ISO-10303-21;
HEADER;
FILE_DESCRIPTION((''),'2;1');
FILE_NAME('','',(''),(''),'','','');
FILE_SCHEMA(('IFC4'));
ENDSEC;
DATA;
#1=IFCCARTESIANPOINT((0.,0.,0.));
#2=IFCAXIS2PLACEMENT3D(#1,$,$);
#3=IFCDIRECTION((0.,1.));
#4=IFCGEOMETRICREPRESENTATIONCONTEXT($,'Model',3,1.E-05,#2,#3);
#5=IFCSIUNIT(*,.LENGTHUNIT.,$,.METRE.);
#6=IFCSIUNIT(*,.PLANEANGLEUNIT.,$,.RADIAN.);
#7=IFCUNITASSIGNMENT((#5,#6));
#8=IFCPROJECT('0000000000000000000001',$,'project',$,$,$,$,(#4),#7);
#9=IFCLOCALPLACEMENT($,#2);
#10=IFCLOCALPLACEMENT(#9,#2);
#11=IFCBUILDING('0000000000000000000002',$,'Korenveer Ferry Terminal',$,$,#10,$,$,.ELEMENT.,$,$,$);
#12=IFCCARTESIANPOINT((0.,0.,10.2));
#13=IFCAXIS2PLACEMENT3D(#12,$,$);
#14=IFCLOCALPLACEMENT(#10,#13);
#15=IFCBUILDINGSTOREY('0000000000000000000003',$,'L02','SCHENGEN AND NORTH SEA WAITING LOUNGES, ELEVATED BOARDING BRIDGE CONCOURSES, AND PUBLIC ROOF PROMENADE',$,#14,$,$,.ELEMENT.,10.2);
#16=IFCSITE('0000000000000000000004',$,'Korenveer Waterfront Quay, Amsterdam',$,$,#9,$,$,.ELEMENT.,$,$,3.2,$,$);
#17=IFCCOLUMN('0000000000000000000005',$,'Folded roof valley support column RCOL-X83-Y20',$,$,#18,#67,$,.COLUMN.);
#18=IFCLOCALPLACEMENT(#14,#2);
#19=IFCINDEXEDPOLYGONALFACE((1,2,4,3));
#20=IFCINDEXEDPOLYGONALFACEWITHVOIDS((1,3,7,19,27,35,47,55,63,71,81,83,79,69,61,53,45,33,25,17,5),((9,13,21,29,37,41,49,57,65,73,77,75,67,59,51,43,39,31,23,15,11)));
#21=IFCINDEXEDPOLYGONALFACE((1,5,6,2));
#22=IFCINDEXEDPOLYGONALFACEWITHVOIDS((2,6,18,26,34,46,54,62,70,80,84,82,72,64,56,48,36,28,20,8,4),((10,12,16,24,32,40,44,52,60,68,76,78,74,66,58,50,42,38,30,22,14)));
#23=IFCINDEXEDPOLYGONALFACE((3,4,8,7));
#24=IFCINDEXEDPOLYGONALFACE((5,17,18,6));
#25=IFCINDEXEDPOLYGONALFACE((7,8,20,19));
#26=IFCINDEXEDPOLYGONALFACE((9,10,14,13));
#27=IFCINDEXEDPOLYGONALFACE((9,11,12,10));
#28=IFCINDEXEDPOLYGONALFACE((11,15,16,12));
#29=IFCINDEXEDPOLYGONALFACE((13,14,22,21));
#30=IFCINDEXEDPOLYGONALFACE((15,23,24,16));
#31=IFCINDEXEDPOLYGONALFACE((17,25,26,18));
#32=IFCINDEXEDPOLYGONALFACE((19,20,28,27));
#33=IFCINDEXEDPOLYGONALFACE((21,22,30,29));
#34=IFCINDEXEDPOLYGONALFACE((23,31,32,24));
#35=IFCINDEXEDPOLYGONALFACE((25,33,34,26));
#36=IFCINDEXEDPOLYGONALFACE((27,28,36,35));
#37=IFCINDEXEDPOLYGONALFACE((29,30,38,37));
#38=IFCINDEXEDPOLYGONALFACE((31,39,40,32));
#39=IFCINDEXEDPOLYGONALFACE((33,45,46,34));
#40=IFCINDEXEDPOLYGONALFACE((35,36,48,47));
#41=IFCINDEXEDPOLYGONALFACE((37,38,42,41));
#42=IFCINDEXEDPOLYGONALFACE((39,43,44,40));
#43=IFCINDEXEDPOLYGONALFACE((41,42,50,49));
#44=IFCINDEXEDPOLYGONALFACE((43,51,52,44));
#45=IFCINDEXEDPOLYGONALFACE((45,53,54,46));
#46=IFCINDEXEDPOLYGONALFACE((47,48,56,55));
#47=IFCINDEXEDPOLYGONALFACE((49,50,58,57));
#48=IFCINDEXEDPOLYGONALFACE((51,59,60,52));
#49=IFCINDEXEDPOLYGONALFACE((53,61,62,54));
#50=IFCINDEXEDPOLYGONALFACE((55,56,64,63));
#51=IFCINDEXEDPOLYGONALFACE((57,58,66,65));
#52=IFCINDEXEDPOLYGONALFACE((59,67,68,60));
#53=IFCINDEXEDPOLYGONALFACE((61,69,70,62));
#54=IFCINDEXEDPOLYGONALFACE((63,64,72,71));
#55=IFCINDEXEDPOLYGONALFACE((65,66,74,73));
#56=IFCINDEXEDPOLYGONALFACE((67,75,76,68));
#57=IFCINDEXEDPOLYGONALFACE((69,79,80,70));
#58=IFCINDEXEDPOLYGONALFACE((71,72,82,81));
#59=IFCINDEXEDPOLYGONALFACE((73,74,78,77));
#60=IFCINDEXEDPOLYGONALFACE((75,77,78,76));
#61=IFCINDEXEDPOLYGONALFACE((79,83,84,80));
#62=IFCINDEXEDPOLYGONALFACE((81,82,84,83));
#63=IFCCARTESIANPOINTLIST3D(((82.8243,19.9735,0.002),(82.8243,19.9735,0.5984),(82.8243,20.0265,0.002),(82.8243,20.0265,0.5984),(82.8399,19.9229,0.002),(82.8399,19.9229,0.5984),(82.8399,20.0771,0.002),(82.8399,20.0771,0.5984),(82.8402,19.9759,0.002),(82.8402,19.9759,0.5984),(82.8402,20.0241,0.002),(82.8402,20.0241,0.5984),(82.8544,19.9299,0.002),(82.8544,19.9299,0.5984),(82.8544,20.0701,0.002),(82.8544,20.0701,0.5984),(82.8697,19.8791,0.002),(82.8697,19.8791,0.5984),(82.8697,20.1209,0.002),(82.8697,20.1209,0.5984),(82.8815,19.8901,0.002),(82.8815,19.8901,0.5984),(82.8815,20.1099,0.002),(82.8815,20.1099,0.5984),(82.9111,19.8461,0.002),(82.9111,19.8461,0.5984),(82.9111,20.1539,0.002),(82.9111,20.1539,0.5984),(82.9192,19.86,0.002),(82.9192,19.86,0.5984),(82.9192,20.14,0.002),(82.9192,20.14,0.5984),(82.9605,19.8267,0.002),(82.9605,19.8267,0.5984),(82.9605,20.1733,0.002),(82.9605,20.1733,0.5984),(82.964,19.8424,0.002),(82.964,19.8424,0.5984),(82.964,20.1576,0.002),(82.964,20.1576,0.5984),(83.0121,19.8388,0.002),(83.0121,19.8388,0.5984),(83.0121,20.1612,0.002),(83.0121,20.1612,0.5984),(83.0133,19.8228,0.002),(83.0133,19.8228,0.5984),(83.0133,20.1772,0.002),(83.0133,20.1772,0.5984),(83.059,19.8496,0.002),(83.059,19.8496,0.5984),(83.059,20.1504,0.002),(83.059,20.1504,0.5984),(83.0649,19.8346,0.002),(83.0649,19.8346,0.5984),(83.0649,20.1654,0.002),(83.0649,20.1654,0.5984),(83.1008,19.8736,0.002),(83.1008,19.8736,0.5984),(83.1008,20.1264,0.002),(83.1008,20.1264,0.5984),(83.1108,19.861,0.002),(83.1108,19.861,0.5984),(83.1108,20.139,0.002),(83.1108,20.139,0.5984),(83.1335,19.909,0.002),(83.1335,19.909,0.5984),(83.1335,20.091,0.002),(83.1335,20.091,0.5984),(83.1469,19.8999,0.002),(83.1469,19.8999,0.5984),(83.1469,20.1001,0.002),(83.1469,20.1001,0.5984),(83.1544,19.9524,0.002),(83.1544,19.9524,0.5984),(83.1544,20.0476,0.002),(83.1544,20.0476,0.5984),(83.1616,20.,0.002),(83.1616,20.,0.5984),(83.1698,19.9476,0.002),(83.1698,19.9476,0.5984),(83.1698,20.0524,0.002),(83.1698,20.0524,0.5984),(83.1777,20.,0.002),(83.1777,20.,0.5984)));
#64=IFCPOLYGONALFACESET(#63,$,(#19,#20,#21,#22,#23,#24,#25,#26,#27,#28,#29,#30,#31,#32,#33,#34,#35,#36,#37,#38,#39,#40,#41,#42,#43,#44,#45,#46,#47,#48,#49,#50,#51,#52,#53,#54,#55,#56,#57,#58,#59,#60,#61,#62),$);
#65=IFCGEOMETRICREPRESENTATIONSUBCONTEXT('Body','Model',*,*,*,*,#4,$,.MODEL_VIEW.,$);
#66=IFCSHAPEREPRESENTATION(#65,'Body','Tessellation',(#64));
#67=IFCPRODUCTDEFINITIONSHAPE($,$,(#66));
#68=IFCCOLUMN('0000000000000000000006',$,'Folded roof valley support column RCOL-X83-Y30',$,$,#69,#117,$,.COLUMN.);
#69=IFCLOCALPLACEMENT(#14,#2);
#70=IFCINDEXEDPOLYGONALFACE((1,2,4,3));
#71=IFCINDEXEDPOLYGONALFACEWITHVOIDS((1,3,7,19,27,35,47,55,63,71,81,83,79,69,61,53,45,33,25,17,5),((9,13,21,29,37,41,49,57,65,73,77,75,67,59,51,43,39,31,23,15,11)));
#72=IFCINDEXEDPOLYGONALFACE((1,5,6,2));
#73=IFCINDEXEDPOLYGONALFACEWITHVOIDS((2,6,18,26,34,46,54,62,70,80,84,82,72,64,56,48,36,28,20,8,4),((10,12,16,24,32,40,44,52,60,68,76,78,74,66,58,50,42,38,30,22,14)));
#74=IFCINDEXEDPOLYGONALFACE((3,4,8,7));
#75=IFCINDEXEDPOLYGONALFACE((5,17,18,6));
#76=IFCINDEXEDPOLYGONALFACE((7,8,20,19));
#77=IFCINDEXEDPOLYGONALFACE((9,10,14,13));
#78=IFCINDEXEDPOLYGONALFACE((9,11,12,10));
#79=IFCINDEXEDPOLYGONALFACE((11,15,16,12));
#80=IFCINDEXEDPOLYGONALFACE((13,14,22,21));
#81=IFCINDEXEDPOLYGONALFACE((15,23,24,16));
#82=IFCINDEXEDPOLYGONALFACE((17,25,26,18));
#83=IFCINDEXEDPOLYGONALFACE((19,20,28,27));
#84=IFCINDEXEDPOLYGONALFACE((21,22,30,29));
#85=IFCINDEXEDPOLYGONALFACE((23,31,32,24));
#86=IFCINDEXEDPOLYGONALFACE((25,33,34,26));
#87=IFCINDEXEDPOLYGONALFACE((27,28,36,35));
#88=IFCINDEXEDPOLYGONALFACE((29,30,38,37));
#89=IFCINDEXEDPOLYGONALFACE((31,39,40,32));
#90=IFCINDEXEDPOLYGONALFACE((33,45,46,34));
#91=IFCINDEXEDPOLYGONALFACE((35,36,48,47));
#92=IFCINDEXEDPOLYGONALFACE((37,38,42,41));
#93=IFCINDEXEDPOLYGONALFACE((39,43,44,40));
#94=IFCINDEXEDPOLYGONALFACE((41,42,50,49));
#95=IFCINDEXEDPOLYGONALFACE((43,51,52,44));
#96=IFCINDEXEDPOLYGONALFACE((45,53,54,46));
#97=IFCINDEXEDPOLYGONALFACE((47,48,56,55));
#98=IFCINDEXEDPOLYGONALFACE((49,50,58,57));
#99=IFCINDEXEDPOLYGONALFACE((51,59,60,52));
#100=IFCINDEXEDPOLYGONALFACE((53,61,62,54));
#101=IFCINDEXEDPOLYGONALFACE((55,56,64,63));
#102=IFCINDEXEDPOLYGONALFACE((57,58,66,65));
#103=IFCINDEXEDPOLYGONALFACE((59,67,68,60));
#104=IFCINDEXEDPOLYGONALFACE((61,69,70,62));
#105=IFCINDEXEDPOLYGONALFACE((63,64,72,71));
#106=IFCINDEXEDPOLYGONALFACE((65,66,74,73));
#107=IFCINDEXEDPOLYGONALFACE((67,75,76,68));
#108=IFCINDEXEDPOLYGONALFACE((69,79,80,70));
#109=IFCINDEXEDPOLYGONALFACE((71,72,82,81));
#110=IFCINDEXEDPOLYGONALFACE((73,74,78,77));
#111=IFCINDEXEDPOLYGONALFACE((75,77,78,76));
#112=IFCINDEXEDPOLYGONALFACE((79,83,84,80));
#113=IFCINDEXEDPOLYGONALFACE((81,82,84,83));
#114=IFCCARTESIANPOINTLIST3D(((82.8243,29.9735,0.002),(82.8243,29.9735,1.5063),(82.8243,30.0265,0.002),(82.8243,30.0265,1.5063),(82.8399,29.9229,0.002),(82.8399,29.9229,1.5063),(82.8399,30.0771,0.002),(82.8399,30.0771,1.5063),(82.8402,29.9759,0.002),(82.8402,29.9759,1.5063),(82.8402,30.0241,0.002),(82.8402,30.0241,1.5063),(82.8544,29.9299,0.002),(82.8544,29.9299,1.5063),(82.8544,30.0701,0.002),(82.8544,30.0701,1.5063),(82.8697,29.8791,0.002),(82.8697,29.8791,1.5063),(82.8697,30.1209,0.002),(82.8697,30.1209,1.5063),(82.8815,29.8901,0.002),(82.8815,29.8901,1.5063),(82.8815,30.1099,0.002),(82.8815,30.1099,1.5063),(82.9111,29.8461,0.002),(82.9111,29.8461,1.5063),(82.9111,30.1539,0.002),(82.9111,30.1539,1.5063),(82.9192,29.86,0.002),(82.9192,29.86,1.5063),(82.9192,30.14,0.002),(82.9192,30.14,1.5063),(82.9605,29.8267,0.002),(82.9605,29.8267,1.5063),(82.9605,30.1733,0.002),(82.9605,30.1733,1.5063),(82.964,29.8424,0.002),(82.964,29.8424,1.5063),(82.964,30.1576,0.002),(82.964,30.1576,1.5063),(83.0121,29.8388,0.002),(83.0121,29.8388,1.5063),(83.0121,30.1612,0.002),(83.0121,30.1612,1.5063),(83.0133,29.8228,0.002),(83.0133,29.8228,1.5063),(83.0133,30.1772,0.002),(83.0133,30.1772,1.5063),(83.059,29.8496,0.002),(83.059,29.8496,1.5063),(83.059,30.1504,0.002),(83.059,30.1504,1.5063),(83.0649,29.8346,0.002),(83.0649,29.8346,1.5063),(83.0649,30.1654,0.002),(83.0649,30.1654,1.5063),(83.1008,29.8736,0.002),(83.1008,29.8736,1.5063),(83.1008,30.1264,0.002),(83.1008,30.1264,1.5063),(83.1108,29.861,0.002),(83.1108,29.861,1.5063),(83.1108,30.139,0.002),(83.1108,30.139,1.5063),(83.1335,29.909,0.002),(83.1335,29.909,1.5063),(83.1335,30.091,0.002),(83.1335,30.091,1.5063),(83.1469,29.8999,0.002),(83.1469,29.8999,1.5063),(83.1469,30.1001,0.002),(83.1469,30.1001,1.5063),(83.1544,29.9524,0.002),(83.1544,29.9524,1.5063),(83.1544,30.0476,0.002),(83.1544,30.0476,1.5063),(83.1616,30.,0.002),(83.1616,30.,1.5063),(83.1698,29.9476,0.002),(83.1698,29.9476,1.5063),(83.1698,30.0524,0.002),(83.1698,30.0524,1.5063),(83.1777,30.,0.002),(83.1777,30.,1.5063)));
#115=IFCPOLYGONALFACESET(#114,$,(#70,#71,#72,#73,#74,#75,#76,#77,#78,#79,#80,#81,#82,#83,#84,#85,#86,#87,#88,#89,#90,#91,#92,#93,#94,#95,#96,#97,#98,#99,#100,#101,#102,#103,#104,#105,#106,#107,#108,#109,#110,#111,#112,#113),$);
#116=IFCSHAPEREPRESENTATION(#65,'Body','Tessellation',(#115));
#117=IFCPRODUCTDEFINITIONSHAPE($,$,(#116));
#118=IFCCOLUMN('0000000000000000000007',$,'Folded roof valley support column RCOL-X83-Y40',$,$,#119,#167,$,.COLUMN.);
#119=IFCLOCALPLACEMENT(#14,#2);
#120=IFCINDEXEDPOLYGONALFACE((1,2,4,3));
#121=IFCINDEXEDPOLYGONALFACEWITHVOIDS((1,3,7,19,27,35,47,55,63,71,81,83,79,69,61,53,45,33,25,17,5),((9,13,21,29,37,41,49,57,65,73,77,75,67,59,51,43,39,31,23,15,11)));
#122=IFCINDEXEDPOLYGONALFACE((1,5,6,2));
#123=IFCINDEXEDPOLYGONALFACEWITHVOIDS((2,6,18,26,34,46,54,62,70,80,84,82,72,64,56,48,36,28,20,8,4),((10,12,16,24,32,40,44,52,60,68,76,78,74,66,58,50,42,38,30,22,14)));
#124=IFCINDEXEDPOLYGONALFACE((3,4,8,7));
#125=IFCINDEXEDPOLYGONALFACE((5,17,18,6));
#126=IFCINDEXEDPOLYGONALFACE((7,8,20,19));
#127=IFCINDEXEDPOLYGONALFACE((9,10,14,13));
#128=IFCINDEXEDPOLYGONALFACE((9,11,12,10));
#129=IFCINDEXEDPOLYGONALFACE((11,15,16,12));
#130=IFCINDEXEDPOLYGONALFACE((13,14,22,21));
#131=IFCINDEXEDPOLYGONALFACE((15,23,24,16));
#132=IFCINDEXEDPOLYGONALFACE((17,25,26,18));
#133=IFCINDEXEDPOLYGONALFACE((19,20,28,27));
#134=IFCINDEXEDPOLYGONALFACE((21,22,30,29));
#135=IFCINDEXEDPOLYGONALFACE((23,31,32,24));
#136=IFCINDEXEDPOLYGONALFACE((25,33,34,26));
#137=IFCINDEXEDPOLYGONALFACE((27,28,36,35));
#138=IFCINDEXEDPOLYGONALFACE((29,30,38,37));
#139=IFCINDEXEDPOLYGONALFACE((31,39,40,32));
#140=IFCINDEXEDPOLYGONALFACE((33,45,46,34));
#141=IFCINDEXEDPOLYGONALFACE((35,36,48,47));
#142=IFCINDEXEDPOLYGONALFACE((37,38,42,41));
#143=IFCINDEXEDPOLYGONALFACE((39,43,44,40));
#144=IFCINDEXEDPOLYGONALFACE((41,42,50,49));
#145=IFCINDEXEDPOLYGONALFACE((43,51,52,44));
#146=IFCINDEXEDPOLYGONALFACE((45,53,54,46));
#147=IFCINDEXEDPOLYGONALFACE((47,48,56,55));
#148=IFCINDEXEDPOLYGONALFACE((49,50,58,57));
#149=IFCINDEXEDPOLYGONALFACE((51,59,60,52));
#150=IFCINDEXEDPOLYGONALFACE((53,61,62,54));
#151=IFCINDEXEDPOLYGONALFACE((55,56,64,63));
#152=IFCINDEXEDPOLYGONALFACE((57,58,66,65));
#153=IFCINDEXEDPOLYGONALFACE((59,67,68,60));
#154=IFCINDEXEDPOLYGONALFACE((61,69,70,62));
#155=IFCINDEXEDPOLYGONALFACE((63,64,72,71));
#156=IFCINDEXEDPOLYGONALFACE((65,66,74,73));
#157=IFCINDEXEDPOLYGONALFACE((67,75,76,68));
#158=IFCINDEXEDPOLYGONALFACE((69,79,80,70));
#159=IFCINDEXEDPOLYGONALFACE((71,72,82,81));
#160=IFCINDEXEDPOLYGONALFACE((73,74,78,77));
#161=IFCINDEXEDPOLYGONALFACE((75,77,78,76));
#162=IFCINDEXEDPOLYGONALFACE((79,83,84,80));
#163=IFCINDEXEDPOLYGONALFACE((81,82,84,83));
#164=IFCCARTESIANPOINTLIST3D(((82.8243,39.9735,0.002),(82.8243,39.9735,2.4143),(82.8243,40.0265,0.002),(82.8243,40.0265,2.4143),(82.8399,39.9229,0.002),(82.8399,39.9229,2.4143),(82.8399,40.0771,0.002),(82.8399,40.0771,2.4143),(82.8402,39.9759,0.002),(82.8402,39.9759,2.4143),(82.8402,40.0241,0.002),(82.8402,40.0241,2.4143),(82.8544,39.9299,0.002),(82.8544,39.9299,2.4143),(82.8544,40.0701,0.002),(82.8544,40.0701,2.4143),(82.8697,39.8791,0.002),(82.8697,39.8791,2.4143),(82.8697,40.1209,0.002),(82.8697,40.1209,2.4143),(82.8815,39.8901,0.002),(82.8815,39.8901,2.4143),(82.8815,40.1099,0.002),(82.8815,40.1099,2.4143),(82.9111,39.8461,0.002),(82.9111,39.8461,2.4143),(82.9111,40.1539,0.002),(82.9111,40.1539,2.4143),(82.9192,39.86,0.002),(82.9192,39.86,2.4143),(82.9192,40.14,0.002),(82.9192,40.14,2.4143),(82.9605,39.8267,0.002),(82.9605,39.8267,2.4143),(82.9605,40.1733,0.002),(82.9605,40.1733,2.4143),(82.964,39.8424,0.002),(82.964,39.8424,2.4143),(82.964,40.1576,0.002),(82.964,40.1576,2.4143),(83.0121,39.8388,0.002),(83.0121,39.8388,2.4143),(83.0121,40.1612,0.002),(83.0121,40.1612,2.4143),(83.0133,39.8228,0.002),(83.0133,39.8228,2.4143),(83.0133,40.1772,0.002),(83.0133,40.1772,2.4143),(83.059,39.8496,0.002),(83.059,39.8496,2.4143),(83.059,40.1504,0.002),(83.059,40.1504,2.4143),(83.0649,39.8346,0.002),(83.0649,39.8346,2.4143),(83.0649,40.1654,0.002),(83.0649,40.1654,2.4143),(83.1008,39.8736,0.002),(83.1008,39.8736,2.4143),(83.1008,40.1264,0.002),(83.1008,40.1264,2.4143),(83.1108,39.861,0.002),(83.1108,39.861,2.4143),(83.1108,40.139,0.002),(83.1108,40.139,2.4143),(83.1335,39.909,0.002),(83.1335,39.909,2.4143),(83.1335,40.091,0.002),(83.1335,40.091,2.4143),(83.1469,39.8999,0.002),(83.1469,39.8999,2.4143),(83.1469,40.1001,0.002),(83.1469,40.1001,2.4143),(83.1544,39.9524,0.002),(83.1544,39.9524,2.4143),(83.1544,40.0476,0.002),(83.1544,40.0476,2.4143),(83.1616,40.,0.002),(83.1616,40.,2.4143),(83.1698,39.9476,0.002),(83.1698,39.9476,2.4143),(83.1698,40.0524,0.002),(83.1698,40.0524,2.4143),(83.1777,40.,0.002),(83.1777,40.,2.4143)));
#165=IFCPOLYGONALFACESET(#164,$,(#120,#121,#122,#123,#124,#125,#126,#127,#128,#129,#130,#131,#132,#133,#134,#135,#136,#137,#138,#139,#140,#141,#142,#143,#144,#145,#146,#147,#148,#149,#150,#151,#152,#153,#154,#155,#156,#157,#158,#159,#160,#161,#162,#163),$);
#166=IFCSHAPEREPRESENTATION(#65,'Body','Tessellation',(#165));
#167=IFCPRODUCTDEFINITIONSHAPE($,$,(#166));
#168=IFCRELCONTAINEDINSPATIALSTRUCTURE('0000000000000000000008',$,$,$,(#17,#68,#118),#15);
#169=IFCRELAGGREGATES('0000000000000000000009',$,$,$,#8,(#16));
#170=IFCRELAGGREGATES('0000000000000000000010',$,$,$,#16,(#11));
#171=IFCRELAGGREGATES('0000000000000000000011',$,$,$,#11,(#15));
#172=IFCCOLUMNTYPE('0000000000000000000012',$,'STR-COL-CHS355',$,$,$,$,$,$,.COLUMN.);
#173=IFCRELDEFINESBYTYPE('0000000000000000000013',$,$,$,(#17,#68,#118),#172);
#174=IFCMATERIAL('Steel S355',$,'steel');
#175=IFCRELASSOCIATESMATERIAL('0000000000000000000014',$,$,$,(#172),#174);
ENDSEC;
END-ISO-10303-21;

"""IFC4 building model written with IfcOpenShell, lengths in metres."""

from ifc_helpers import new_model, si_unit, direction, frame, origin, origin_2d, place, context, subcontext, project, spatial, hollow_circle, extrude, material, material_profile, profile_set, type_object, element, save


model = new_model("IFC4")

# Units and contexts
model_context = context("Model", 3, precision=1e-05, world=origin(), true_north=direction((0.0, 1.0)))
body_context = subcontext(model_context, "Body", "Model", "MODEL_VIEW")
ifc_project = project(units=[si_unit("LENGTHUNIT", "METRE"), si_unit("PLANEANGLEUNIT", "RADIAN")], contexts=[model_context])

# Site, building, storey
site_placement = place(None, origin())
site = spatial("IfcSite", under=ifc_project, at=site_placement, Name="Korenveer Waterfront Quay, Amsterdam", CompositionType="ELEMENT", RefElevation=3.2)
building_placement = place(site_placement, origin())
building = spatial("IfcBuilding", under=site, at=building_placement, Name="Korenveer Ferry Terminal", CompositionType="ELEMENT")
storey_placement = place(building_placement, frame((0.0, 0.0, 10.2)))
storey = spatial("IfcBuildingStorey", under=building, at=storey_placement, Name="L02", Description="SCHENGEN AND NORTH SEA WAITING LOUNGES, ELEVATED BOARDING BRIDGE CONCOURSES, AND PUBLIC ROOF PROMENADE", CompositionType="ELEMENT", Elevation=10.2)

# Columns
ifc_material_1 = material(Name="Steel S355", Category="steel")
ifc_material_profile_1 = material_profile(ifc_material_1, hollow_circle(Radius=0.1777, WallThickness=0.0161, at=origin_2d()), Name="CHS 355.6x16")
ifc_profile_set_1 = profile_set([ifc_material_profile_1], Name="Steel S355")
column_type_1 = type_object("IfcColumnType", Name="STR-COL-CHS355", PredefinedType="COLUMN", material=ifc_profile_set_1)
column_1_placement = place(storey_placement, frame((83.0, 20.0, 0.002), z_axis=(0.0, 0.0, 1.0), x_axis=(1.0, 0.0, 0.0)))
element("IfcColumn", 1, at=column_1_placement, inside=storey, type_object=column_type_1, Name="Folded roof valley support column RCOL-X83-Y20", PredefinedType="COLUMN", context=body_context, shape_type="SweptSolid", body=[
    extrude(hollow_circle(Radius=0.1777, WallThickness=0.0161, at=origin_2d()), origin(), (0.0, 0.0, 1.0), 0.5964),
])
column_2_placement = place(storey_placement, frame((83.0, 30.0, 0.002), z_axis=(0.0, 0.0, 1.0), x_axis=(1.0, 0.0, 0.0)))
element("IfcColumn", 2, at=column_2_placement, inside=storey, type_object=column_type_1, Name="Folded roof valley support column RCOL-X83-Y30", PredefinedType="COLUMN", context=body_context, shape_type="SweptSolid", body=[
    extrude(hollow_circle(Radius=0.1777, WallThickness=0.0161, at=origin_2d()), origin(), (0.0, 0.0, 1.0), 1.5044),
])
column_3_placement = place(storey_placement, frame((83.0, 40.0, 0.002), z_axis=(0.0, 0.0, 1.0), x_axis=(1.0, 0.0, 0.0)))
element("IfcColumn", 3, at=column_3_placement, inside=storey, type_object=column_type_1, Name="Folded roof valley support column RCOL-X83-Y40", PredefinedType="COLUMN", context=body_context, shape_type="SweptSolid", body=[
    extrude(hollow_circle(Radius=0.1777, WallThickness=0.0161, at=origin_2d()), origin(), (0.0, 0.0, 1.0), 2.4124),
])

save(model, "model.ifc")
